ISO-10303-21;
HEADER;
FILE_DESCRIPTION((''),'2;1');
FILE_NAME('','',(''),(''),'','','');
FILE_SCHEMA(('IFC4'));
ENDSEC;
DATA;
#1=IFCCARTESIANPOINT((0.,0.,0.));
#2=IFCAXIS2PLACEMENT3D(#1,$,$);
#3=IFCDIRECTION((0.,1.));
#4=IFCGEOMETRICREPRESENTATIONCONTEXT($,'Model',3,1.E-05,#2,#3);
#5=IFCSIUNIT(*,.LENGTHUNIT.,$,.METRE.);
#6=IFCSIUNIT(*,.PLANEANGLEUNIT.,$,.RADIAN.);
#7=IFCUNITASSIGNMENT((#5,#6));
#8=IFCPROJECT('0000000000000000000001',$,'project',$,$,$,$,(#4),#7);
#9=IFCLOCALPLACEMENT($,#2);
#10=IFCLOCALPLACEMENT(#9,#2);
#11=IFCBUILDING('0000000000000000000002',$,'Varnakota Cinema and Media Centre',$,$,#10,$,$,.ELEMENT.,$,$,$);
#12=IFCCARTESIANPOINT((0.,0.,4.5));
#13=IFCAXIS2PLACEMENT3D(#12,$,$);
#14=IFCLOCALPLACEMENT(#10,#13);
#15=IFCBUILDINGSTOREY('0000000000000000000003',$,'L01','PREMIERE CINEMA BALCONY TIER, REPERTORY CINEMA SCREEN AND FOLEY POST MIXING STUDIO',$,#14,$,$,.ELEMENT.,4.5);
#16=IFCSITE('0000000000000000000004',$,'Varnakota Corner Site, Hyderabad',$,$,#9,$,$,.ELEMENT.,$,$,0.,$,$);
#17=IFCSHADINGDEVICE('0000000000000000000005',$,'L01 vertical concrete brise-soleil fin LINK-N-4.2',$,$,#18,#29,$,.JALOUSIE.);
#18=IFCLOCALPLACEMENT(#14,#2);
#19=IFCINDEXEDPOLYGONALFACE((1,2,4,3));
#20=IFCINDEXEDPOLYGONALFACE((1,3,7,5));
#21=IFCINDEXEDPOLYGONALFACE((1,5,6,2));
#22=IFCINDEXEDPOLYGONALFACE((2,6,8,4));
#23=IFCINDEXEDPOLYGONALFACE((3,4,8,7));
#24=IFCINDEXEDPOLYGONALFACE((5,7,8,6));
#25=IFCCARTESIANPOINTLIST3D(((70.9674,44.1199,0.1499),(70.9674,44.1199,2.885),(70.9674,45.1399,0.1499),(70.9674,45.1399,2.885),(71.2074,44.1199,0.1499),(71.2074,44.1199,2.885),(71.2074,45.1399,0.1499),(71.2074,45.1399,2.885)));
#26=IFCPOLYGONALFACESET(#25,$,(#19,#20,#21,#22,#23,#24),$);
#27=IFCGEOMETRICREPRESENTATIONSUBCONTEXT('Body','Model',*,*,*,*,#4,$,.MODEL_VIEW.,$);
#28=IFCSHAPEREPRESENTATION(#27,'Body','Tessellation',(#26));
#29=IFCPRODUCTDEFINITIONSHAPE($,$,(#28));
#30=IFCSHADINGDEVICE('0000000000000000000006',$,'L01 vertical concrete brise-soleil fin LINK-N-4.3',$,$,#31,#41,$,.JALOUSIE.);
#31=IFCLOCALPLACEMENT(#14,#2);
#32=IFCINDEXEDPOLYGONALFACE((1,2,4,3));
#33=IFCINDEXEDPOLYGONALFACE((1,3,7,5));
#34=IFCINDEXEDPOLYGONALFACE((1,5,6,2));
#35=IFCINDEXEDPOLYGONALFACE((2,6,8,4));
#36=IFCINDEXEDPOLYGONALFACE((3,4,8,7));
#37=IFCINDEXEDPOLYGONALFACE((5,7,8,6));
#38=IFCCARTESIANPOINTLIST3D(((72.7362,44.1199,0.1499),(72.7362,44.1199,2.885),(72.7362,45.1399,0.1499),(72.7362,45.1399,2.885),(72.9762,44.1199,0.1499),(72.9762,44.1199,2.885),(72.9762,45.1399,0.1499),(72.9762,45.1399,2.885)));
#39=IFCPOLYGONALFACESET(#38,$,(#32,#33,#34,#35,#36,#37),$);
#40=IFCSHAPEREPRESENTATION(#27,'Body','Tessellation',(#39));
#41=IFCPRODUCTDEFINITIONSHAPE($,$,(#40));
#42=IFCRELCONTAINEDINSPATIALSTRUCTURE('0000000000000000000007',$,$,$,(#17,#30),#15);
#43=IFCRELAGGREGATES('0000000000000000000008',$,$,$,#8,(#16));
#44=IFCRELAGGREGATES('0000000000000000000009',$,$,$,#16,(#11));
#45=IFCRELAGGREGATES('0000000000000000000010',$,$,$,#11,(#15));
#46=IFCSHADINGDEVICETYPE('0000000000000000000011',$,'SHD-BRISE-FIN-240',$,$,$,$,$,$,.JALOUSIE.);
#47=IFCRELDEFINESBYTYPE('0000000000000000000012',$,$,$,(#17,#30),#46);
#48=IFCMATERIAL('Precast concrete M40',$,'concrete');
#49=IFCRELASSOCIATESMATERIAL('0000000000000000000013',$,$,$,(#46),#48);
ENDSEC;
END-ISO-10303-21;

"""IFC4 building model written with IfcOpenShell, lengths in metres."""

from ifc_helpers import new_model, si_unit, direction, frame, origin, origin_2d, place, context, subcontext, project, spatial, rectangle, extrude, material, type_object, element, save


model = new_model("IFC4")

# Units and contexts
model_context = context("Model", 3, precision=1e-05, world=origin(), true_north=direction((0.0, 1.0)))
body_context = subcontext(model_context, "Body", "Model", "MODEL_VIEW")
ifc_project = project(units=[si_unit("LENGTHUNIT", "METRE"), si_unit("PLANEANGLEUNIT", "RADIAN")], contexts=[model_context])

# Site, building, storey
site_placement = place(None, origin())
site = spatial("IfcSite", under=ifc_project, at=site_placement, Name="Varnakota Corner Site, Hyderabad", CompositionType="ELEMENT", RefElevation=0.0)
building_placement = place(site_placement, origin())
building = spatial("IfcBuilding", under=site, at=building_placement, Name="Varnakota Cinema and Media Centre", CompositionType="ELEMENT")
storey_placement = place(building_placement, frame((0.0, 0.0, 4.5)))
storey = spatial("IfcBuildingStorey", under=building, at=storey_placement, Name="L01", Description="PREMIERE CINEMA BALCONY TIER, REPERTORY CINEMA SCREEN AND FOLEY POST MIXING STUDIO", CompositionType="ELEMENT", Elevation=4.5)

# Shading devices
ifc_material_1 = material(Name="Precast concrete M40", Category="concrete")
shading_device_type = type_object("IfcShadingDeviceType", Name="SHD-BRISE-FIN-240", PredefinedType="JALOUSIE", material=ifc_material_1)
for number, where, z_axis, x_axis, name in (
    (1, (71.0874, 44.6299, 0.1499), (0.0, 0.0, 1.0), (1.0, 0.0, 0.0), "L01 vertical concrete brise-soleil fin LINK-N-4.2"),
    (2, (72.8562, 44.6299, 0.1499), (0.0, 0.0, 1.0), (1.0, 0.0, 0.0), "L01 vertical concrete brise-soleil fin LINK-N-4.3"),
):
    element("IfcShadingDevice", number, at=place(storey_placement, frame(where, z_axis=z_axis, x_axis=x_axis)), inside=storey, type_object=shading_device_type, Name=name, PredefinedType="JALOUSIE", context=body_context, shape_type="SweptSolid", body=[
        extrude(rectangle(XDim=0.24, YDim=1.02, at=origin_2d()), origin(), (0.0, 0.0, 1.0), 2.7351),
    ])

save(model, "model.ifc")
